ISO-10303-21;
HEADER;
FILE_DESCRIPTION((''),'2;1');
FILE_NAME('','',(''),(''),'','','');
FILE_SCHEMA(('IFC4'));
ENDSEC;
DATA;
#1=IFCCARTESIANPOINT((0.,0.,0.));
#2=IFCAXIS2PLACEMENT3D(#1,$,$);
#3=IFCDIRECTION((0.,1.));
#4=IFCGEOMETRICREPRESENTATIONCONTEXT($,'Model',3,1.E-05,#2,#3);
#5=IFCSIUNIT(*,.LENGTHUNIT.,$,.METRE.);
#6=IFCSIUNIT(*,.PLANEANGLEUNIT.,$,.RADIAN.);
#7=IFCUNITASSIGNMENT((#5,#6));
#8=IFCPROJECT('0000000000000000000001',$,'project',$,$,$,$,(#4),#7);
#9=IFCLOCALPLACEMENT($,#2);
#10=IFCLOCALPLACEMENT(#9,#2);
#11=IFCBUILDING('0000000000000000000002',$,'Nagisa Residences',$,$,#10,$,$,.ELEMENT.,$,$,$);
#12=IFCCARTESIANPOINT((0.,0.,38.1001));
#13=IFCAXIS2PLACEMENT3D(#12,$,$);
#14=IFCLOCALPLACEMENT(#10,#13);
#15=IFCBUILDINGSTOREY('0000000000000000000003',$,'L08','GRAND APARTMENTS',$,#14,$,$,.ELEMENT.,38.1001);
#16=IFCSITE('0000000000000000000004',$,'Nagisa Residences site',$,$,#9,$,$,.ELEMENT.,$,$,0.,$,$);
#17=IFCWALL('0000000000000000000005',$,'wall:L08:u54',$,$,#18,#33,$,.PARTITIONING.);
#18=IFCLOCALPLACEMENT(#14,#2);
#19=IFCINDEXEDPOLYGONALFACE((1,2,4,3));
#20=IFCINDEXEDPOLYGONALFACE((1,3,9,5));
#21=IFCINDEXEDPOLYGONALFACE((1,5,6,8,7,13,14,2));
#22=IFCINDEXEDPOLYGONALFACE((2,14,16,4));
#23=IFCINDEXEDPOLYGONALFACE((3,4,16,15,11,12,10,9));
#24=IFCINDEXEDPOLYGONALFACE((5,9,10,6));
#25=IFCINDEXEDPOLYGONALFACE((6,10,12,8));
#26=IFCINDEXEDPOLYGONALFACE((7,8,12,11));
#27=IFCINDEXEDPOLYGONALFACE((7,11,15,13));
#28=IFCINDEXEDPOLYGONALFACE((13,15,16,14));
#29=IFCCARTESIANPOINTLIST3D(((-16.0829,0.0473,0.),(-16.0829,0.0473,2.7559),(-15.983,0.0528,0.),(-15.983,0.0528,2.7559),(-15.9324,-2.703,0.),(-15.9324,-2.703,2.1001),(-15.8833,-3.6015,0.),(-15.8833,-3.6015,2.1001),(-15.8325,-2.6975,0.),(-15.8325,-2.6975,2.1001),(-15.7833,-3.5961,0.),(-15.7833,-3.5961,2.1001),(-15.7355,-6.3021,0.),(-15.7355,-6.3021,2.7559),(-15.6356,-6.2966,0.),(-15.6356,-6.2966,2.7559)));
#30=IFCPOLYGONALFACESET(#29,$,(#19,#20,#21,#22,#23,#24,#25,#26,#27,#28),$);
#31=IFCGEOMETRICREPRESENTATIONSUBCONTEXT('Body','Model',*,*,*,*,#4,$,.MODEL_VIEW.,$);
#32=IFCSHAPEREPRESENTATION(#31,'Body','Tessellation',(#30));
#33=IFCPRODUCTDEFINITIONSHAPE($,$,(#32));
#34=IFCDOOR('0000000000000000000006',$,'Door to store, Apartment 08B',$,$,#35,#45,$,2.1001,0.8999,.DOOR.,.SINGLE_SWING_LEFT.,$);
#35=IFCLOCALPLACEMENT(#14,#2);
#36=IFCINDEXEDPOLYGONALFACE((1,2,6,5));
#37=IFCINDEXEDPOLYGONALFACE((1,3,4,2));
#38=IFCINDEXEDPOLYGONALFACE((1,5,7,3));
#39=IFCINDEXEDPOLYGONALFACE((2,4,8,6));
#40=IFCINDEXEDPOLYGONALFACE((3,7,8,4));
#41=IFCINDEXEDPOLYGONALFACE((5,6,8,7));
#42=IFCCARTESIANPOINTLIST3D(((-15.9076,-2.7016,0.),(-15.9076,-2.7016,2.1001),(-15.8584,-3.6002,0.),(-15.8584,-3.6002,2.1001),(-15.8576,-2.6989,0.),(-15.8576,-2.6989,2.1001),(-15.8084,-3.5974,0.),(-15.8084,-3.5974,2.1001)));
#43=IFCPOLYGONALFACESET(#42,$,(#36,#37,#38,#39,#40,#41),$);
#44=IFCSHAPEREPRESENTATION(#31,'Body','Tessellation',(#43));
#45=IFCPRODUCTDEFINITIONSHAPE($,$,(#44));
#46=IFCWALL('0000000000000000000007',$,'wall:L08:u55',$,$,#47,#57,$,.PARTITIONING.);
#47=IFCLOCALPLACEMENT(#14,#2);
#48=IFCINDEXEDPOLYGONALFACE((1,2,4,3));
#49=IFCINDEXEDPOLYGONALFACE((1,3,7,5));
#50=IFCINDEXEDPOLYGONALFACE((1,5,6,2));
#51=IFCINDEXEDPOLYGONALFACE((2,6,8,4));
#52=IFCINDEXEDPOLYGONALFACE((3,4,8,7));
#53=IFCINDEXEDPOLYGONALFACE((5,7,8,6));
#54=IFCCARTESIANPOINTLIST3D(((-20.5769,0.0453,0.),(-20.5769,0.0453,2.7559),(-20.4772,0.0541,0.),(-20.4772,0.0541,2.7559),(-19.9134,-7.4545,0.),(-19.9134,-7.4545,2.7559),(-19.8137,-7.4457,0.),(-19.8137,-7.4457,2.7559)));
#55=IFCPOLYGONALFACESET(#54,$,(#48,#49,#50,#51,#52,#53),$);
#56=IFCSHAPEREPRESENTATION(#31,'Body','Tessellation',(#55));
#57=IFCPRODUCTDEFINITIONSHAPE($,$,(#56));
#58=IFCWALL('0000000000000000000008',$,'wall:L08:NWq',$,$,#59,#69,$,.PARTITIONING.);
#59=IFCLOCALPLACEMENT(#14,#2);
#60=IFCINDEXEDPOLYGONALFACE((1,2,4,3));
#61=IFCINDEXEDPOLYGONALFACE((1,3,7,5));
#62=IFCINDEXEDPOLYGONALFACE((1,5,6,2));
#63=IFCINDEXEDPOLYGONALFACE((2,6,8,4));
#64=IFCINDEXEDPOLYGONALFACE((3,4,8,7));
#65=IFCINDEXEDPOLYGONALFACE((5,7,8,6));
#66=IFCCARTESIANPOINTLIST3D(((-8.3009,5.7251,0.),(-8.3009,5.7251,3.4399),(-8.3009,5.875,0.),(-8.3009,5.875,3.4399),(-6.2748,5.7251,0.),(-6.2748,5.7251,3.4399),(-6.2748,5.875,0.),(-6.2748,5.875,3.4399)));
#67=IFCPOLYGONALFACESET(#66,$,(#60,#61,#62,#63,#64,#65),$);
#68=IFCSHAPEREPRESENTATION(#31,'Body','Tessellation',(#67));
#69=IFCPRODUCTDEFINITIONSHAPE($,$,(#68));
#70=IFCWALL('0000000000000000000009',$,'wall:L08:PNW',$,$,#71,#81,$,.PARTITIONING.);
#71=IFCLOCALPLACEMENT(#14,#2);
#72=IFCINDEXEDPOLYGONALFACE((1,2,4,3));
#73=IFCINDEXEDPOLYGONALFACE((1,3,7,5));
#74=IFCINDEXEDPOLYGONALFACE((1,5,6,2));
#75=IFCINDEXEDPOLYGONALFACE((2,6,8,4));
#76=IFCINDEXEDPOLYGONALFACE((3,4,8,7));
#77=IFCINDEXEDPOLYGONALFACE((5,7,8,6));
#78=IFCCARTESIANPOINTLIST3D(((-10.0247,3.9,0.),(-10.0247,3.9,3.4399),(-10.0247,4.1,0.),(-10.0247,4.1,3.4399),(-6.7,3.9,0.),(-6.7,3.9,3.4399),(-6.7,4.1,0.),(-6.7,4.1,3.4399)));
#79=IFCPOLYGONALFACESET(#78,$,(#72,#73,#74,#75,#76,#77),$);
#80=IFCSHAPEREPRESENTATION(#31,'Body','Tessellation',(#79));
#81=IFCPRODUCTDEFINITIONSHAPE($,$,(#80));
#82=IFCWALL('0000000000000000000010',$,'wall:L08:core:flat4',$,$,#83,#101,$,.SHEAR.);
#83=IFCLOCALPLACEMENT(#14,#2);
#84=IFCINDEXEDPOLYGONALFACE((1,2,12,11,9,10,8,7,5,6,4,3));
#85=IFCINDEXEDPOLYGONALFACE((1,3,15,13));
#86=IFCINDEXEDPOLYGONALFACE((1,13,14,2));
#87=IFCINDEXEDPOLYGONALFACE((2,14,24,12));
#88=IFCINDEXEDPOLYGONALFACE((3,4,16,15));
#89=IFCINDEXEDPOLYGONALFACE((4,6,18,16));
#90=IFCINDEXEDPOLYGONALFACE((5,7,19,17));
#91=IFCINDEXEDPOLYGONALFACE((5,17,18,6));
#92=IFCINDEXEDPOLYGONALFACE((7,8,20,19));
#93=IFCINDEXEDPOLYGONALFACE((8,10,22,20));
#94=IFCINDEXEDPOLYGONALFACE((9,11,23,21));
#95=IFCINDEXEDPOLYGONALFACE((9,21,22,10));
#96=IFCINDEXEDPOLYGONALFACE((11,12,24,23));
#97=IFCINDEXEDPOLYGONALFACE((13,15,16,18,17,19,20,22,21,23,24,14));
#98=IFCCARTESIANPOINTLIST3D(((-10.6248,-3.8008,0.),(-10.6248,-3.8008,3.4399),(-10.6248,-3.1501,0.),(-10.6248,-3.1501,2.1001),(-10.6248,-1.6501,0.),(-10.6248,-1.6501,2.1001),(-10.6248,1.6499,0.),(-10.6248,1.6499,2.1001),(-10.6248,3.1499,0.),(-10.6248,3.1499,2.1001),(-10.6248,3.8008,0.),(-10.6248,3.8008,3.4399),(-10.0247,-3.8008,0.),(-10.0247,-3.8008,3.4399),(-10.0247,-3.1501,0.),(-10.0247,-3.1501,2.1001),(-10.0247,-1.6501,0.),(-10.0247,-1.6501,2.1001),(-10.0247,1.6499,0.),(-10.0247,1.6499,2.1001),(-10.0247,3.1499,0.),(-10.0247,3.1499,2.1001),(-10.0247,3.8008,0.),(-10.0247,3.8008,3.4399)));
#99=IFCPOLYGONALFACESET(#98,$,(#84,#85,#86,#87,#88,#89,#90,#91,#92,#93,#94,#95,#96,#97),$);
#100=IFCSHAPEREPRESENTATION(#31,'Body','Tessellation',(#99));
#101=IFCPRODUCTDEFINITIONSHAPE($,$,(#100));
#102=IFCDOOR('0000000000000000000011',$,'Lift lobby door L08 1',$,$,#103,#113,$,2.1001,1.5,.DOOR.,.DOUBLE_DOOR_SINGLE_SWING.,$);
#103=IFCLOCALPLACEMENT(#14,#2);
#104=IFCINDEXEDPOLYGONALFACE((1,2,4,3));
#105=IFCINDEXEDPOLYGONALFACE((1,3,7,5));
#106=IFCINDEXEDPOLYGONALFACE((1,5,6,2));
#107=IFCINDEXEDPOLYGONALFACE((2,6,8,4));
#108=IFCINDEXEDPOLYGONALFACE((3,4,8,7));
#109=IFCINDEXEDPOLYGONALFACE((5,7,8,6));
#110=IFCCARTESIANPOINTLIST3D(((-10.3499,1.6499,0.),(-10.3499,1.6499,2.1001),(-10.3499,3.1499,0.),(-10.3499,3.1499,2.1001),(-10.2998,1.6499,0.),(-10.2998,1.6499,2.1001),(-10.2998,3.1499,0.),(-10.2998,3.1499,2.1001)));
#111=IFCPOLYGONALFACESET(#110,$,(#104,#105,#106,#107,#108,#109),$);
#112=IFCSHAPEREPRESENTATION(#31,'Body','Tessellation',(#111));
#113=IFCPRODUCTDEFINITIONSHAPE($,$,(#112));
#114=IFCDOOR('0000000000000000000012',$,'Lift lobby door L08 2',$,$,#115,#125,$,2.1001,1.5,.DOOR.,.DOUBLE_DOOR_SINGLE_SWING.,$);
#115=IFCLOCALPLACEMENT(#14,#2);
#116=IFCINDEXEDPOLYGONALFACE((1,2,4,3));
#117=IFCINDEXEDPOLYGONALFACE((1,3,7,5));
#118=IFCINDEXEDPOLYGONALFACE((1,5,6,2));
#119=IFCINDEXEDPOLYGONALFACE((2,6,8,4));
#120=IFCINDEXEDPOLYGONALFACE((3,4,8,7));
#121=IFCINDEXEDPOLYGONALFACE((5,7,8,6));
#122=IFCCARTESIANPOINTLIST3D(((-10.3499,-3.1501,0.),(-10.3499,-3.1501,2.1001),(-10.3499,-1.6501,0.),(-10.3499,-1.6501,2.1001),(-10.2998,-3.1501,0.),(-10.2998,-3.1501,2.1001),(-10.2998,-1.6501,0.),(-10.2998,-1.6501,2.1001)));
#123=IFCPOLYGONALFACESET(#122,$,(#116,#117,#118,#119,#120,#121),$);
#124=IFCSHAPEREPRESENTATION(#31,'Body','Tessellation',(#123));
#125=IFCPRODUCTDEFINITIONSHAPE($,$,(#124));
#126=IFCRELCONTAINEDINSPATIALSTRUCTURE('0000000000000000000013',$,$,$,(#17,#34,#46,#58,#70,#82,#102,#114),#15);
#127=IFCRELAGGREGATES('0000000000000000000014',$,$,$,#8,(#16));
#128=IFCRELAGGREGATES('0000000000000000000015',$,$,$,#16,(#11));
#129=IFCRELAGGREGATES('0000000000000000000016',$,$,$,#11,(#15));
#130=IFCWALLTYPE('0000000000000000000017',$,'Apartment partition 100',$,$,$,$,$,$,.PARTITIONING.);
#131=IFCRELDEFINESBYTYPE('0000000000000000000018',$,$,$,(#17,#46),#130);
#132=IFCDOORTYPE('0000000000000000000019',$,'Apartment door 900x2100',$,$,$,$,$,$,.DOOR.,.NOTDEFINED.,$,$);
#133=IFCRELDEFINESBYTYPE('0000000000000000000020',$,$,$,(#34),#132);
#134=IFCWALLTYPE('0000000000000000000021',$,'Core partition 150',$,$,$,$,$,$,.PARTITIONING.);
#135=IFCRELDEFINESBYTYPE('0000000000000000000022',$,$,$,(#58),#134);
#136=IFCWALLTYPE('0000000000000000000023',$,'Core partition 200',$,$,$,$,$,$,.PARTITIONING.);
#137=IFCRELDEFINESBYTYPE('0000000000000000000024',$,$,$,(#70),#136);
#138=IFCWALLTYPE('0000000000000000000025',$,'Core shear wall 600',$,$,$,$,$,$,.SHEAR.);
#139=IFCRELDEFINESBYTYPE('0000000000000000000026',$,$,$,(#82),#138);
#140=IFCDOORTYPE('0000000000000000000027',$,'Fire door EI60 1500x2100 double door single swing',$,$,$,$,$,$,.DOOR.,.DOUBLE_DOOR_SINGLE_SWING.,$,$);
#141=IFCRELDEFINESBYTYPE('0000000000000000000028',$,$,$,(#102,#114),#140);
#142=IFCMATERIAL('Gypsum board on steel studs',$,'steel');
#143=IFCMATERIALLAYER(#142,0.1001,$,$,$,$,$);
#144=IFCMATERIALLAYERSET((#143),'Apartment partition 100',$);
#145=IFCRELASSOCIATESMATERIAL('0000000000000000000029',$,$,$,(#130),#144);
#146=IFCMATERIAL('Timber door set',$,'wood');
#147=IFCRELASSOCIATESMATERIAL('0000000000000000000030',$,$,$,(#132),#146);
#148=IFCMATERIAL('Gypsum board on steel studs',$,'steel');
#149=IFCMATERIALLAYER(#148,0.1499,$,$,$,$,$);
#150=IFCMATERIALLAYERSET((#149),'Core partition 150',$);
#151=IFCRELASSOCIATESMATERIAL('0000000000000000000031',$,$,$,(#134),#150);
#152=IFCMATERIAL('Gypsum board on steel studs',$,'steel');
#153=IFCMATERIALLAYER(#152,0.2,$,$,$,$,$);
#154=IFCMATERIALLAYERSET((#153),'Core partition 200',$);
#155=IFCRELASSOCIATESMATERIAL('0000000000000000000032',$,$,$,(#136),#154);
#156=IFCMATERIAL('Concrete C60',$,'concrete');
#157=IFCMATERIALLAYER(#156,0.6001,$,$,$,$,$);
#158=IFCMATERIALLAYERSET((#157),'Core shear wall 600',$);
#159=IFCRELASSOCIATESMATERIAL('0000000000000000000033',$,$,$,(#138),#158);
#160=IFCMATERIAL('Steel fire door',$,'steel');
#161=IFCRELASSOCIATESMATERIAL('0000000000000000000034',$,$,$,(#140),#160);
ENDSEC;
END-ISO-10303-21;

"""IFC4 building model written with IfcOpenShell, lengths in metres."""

from ifc_helpers import new_model, si_unit, direction, frame, frame_2d, origin, place, context, subcontext, project, spatial, rectangle, extrude, material, layer, layer_set, type_object, element, fill, save


model = new_model("IFC4")

# Units and contexts
model_context = context("Model", 3, precision=1e-05, world=origin(), true_north=direction((0.0, 1.0)))
body_context = subcontext(model_context, "Body", "Model", "MODEL_VIEW")
ifc_project = project(units=[si_unit("LENGTHUNIT", "METRE"), si_unit("PLANEANGLEUNIT", "RADIAN")], contexts=[model_context])

# Site, building, storey
site_placement = place(None, origin())
site = spatial("IfcSite", under=ifc_project, at=site_placement, Name="Nagisa Residences site", CompositionType="ELEMENT", RefElevation=0.0)
building_placement = place(site_placement, origin())
building = spatial("IfcBuilding", under=site, at=building_placement, Name="Nagisa Residences", CompositionType="ELEMENT")
storey_placement = place(building_placement, frame((0.0, 0.0, 38.1001)))
storey = spatial("IfcBuildingStorey", under=building, at=storey_placement, Name="L08", Description="GRAND APARTMENTS", CompositionType="ELEMENT", Elevation=38.1001)

# Shared definitions
ifc_material_1 = material(Name="Gypsum board on steel studs", Category="steel")
ifc_layer_1 = layer(ifc_material_1, 0.1001)
ifc_layer_set_1 = layer_set([ifc_layer_1], Name="Apartment partition 100")
wall_type_1 = type_object("IfcWallType", Name="Apartment partition 100", PredefinedType="PARTITIONING", material=ifc_layer_set_1)
ifc_material_2 = material(Name="Timber door set", Category="wood")
door_type_1 = type_object("IfcDoorType", Name="Apartment door 900x2100", OperationType="NOTDEFINED", PredefinedType="DOOR", material=ifc_material_2)

# Wall, opening, door
wall_1_placement = place(storey_placement, frame((-16.033, 0.05, 0.0), z_axis=(0.0, 0.0, 1.0), x_axis=(0.054634, -0.998506, 0.0)))
wall_1 = element("IfcWall", 1, at=wall_1_placement, inside=storey, type_object=wall_type_1, Name="wall:L08:u54", PredefinedType="PARTITIONING", context=body_context, shape_type="SweptSolid", body=[
    extrude(rectangle(XDim=6.3589, YDim=0.1001, at=frame_2d((3.1794, 0.0))), origin(), (0.0, 0.0, 1.0), 2.7559),
])
opening_1_placement = place(wall_1_placement, frame((2.7544, 0.0, 0.0)))
opening_1 = element("IfcOpeningElement", 2, at=opening_1_placement, cuts=wall_1, PredefinedType="OPENING", context=body_context, shape_type="SweptSolid", body=[
    extrude(rectangle(XDim=0.8999, YDim=2.1001, at=frame_2d((0.45, 1.05))), frame((0.0, 0.0601, 0.0), z_axis=(0.0, -1.0, 0.0), x_axis=(1.0, 0.0, 0.0)), (0.0, 0.0, 1.0), 0.1201),
])
door_1_placement = place(opening_1_placement, origin())
door_1 = element("IfcDoor", 3, at=door_1_placement, inside=storey, type_object=door_type_1, Name="Door to store, Apartment 08B", OperationType="SINGLE_SWING_LEFT", OverallHeight=2.1001, OverallWidth=0.8999, PredefinedType="DOOR", context=body_context, shape_type="SweptSolid", body=[
    extrude(rectangle(XDim=0.8999, YDim=2.1001, at=frame_2d((0.45, 1.05))), frame((0.0, 0.0249, 0.0), z_axis=(0.0, -1.0, 0.0), x_axis=(1.0, 0.0, 0.0)), (0.0, 0.0, 1.0), 0.05),
])
fill(opening_1, door_1)

# Wall
wall_2_placement = place(storey_placement, frame((-20.5271, 0.0498, 0.0), z_axis=(0.0, 0.0, 1.0), x_axis=(0.088135, -0.996109, 0.0)))
element("IfcWall", 4, at=wall_2_placement, inside=storey, type_object=wall_type_1, Name="wall:L08:u55", PredefinedType="PARTITIONING", context=body_context, shape_type="SweptSolid", body=[
    extrude(rectangle(XDim=7.5291, YDim=0.1001, at=frame_2d((3.7646, 0.0))), origin(), (0.0, 0.0, 1.0), 2.7559),
])

# Walls
ifc_material_3 = material(Name="Gypsum board on steel studs", Category="steel")
ifc_layer_2 = layer(ifc_material_3, 0.1499)
ifc_layer_set_2 = layer_set([ifc_layer_2], Name="Core partition 150")
wall_type_2 = type_object("IfcWallType", Name="Core partition 150", PredefinedType="PARTITIONING", material=ifc_layer_set_2)
wall_3_placement = place(storey_placement, frame((-8.301, 5.8, 0.0), z_axis=(0.0, 0.0, 1.0), x_axis=(1.0, 0.0, 0.0)))
element("IfcWall", 5, at=wall_3_placement, inside=storey, type_object=wall_type_2, Name="wall:L08:NWq", PredefinedType="PARTITIONING", context=body_context, shape_type="SweptSolid", body=[
    extrude(rectangle(XDim=2.0261, YDim=0.1499, at=frame_2d((1.0132, 0.0))), origin(), (0.0, 0.0, 1.0), 3.4399),
])
ifc_material_4 = material(Name="Gypsum board on steel studs", Category="steel")
ifc_layer_3 = layer(ifc_material_4, 0.2)
ifc_layer_set_3 = layer_set([ifc_layer_3], Name="Core partition 200")
wall_type_3 = type_object("IfcWallType", Name="Core partition 200", PredefinedType="PARTITIONING", material=ifc_layer_set_3)
wall_4_placement = place(storey_placement, frame((-10.0247, 4.0, 0.0), z_axis=(0.0, 0.0, 1.0), x_axis=(1.0, 0.0, 0.0)))
element("IfcWall", 6, at=wall_4_placement, inside=storey, type_object=wall_type_3, Name="wall:L08:PNW", PredefinedType="PARTITIONING", context=body_context, shape_type="SweptSolid", body=[
    extrude(rectangle(XDim=3.3247, YDim=0.2, at=frame_2d((1.6624, 0.0))), origin(), (0.0, 0.0, 1.0), 3.4399),
])

# Wall, openings, doors
ifc_material_5 = material(Name="Concrete C60", Category="concrete")
ifc_layer_4 = layer(ifc_material_5, 0.6001)
ifc_layer_set_4 = layer_set([ifc_layer_4], Name="Core shear wall 600")
wall_type_4 = type_object("IfcWallType", Name="Core shear wall 600", PredefinedType="SHEAR", material=ifc_layer_set_4)
wall_5_placement = place(storey_placement, frame((-10.3247, 3.8008, 0.0), z_axis=(0.0, 0.0, 1.0), x_axis=(0.0, -1.0, 0.0)))
wall_5 = element("IfcWall", 7, at=wall_5_placement, inside=storey, type_object=wall_type_4, Name="wall:L08:core:flat4", PredefinedType="SHEAR", context=body_context, shape_type="SweptSolid", body=[
    extrude(rectangle(XDim=7.6016, YDim=0.6001, at=frame_2d((3.8008, 0.0))), origin(), (0.0, 0.0, 1.0), 3.4399),
])
opening_2_placement = place(wall_5_placement, frame((0.6509, 0.0, 0.0)))
opening_2 = element("IfcOpeningElement", 8, at=opening_2_placement, cuts=wall_5, PredefinedType="OPENING", context=body_context, shape_type="SweptSolid", body=[
    extrude(rectangle(XDim=1.5, YDim=2.1001, at=frame_2d((0.75, 1.05))), frame((0.0, 0.3101, 0.0), z_axis=(0.0, -1.0, 0.0), x_axis=(1.0, 0.0, 0.0)), (0.0, 0.0, 1.0), 0.6201),
])
opening_3_placement = place(wall_5_placement, frame((5.4509, 0.0, 0.0)))
opening_3 = element("IfcOpeningElement", 9, at=opening_3_placement, cuts=wall_5, PredefinedType="OPENING", context=body_context, shape_type="SweptSolid", body=[
    extrude(rectangle(XDim=1.5, YDim=2.1001, at=frame_2d((0.75, 1.05))), frame((0.0, 0.3101, 0.0), z_axis=(0.0, -1.0, 0.0), x_axis=(1.0, 0.0, 0.0)), (0.0, 0.0, 1.0), 0.6201),
])
ifc_material_6 = material(Name="Steel fire door", Category="steel")
door_type_2 = type_object("IfcDoorType", Name="Fire door EI60 1500x2100 double door single swing", OperationType="DOUBLE_DOOR_SINGLE_SWING", PredefinedType="DOOR", material=ifc_material_6)
door_2_placement = place(opening_2_placement, origin())
door_2 = element("IfcDoor", 10, at=door_2_placement, inside=storey, type_object=door_type_2, Name="Lift lobby door L08 1", OperationType="DOUBLE_DOOR_SINGLE_SWING", OverallHeight=2.1001, OverallWidth=1.5, PredefinedType="DOOR", context=body_context, shape_type="SweptSolid", body=[
    extrude(rectangle(XDim=1.5, YDim=2.1001, at=frame_2d((0.75, 1.05))), frame((0.0, 0.0249, 0.0), z_axis=(0.0, -1.0, 0.0), x_axis=(1.0, 0.0, 0.0)), (0.0, 0.0, 1.0), 0.05),
])
fill(opening_2, door_2)
door_3_placement = place(opening_3_placement, origin())
door_3 = element("IfcDoor", 11, at=door_3_placement, inside=storey, type_object=door_type_2, Name="Lift lobby door L08 2", OperationType="DOUBLE_DOOR_SINGLE_SWING", OverallHeight=2.1001, OverallWidth=1.5, PredefinedType="DOOR", context=body_context, shape_type="SweptSolid", body=[
    extrude(rectangle(XDim=1.5, YDim=2.1001, at=frame_2d((0.75, 1.05))), frame((0.0, 0.0249, 0.0), z_axis=(0.0, -1.0, 0.0), x_axis=(1.0, 0.0, 0.0)), (0.0, 0.0, 1.0), 0.05),
])
fill(opening_3, door_3)

save(model, "model.ifc")
